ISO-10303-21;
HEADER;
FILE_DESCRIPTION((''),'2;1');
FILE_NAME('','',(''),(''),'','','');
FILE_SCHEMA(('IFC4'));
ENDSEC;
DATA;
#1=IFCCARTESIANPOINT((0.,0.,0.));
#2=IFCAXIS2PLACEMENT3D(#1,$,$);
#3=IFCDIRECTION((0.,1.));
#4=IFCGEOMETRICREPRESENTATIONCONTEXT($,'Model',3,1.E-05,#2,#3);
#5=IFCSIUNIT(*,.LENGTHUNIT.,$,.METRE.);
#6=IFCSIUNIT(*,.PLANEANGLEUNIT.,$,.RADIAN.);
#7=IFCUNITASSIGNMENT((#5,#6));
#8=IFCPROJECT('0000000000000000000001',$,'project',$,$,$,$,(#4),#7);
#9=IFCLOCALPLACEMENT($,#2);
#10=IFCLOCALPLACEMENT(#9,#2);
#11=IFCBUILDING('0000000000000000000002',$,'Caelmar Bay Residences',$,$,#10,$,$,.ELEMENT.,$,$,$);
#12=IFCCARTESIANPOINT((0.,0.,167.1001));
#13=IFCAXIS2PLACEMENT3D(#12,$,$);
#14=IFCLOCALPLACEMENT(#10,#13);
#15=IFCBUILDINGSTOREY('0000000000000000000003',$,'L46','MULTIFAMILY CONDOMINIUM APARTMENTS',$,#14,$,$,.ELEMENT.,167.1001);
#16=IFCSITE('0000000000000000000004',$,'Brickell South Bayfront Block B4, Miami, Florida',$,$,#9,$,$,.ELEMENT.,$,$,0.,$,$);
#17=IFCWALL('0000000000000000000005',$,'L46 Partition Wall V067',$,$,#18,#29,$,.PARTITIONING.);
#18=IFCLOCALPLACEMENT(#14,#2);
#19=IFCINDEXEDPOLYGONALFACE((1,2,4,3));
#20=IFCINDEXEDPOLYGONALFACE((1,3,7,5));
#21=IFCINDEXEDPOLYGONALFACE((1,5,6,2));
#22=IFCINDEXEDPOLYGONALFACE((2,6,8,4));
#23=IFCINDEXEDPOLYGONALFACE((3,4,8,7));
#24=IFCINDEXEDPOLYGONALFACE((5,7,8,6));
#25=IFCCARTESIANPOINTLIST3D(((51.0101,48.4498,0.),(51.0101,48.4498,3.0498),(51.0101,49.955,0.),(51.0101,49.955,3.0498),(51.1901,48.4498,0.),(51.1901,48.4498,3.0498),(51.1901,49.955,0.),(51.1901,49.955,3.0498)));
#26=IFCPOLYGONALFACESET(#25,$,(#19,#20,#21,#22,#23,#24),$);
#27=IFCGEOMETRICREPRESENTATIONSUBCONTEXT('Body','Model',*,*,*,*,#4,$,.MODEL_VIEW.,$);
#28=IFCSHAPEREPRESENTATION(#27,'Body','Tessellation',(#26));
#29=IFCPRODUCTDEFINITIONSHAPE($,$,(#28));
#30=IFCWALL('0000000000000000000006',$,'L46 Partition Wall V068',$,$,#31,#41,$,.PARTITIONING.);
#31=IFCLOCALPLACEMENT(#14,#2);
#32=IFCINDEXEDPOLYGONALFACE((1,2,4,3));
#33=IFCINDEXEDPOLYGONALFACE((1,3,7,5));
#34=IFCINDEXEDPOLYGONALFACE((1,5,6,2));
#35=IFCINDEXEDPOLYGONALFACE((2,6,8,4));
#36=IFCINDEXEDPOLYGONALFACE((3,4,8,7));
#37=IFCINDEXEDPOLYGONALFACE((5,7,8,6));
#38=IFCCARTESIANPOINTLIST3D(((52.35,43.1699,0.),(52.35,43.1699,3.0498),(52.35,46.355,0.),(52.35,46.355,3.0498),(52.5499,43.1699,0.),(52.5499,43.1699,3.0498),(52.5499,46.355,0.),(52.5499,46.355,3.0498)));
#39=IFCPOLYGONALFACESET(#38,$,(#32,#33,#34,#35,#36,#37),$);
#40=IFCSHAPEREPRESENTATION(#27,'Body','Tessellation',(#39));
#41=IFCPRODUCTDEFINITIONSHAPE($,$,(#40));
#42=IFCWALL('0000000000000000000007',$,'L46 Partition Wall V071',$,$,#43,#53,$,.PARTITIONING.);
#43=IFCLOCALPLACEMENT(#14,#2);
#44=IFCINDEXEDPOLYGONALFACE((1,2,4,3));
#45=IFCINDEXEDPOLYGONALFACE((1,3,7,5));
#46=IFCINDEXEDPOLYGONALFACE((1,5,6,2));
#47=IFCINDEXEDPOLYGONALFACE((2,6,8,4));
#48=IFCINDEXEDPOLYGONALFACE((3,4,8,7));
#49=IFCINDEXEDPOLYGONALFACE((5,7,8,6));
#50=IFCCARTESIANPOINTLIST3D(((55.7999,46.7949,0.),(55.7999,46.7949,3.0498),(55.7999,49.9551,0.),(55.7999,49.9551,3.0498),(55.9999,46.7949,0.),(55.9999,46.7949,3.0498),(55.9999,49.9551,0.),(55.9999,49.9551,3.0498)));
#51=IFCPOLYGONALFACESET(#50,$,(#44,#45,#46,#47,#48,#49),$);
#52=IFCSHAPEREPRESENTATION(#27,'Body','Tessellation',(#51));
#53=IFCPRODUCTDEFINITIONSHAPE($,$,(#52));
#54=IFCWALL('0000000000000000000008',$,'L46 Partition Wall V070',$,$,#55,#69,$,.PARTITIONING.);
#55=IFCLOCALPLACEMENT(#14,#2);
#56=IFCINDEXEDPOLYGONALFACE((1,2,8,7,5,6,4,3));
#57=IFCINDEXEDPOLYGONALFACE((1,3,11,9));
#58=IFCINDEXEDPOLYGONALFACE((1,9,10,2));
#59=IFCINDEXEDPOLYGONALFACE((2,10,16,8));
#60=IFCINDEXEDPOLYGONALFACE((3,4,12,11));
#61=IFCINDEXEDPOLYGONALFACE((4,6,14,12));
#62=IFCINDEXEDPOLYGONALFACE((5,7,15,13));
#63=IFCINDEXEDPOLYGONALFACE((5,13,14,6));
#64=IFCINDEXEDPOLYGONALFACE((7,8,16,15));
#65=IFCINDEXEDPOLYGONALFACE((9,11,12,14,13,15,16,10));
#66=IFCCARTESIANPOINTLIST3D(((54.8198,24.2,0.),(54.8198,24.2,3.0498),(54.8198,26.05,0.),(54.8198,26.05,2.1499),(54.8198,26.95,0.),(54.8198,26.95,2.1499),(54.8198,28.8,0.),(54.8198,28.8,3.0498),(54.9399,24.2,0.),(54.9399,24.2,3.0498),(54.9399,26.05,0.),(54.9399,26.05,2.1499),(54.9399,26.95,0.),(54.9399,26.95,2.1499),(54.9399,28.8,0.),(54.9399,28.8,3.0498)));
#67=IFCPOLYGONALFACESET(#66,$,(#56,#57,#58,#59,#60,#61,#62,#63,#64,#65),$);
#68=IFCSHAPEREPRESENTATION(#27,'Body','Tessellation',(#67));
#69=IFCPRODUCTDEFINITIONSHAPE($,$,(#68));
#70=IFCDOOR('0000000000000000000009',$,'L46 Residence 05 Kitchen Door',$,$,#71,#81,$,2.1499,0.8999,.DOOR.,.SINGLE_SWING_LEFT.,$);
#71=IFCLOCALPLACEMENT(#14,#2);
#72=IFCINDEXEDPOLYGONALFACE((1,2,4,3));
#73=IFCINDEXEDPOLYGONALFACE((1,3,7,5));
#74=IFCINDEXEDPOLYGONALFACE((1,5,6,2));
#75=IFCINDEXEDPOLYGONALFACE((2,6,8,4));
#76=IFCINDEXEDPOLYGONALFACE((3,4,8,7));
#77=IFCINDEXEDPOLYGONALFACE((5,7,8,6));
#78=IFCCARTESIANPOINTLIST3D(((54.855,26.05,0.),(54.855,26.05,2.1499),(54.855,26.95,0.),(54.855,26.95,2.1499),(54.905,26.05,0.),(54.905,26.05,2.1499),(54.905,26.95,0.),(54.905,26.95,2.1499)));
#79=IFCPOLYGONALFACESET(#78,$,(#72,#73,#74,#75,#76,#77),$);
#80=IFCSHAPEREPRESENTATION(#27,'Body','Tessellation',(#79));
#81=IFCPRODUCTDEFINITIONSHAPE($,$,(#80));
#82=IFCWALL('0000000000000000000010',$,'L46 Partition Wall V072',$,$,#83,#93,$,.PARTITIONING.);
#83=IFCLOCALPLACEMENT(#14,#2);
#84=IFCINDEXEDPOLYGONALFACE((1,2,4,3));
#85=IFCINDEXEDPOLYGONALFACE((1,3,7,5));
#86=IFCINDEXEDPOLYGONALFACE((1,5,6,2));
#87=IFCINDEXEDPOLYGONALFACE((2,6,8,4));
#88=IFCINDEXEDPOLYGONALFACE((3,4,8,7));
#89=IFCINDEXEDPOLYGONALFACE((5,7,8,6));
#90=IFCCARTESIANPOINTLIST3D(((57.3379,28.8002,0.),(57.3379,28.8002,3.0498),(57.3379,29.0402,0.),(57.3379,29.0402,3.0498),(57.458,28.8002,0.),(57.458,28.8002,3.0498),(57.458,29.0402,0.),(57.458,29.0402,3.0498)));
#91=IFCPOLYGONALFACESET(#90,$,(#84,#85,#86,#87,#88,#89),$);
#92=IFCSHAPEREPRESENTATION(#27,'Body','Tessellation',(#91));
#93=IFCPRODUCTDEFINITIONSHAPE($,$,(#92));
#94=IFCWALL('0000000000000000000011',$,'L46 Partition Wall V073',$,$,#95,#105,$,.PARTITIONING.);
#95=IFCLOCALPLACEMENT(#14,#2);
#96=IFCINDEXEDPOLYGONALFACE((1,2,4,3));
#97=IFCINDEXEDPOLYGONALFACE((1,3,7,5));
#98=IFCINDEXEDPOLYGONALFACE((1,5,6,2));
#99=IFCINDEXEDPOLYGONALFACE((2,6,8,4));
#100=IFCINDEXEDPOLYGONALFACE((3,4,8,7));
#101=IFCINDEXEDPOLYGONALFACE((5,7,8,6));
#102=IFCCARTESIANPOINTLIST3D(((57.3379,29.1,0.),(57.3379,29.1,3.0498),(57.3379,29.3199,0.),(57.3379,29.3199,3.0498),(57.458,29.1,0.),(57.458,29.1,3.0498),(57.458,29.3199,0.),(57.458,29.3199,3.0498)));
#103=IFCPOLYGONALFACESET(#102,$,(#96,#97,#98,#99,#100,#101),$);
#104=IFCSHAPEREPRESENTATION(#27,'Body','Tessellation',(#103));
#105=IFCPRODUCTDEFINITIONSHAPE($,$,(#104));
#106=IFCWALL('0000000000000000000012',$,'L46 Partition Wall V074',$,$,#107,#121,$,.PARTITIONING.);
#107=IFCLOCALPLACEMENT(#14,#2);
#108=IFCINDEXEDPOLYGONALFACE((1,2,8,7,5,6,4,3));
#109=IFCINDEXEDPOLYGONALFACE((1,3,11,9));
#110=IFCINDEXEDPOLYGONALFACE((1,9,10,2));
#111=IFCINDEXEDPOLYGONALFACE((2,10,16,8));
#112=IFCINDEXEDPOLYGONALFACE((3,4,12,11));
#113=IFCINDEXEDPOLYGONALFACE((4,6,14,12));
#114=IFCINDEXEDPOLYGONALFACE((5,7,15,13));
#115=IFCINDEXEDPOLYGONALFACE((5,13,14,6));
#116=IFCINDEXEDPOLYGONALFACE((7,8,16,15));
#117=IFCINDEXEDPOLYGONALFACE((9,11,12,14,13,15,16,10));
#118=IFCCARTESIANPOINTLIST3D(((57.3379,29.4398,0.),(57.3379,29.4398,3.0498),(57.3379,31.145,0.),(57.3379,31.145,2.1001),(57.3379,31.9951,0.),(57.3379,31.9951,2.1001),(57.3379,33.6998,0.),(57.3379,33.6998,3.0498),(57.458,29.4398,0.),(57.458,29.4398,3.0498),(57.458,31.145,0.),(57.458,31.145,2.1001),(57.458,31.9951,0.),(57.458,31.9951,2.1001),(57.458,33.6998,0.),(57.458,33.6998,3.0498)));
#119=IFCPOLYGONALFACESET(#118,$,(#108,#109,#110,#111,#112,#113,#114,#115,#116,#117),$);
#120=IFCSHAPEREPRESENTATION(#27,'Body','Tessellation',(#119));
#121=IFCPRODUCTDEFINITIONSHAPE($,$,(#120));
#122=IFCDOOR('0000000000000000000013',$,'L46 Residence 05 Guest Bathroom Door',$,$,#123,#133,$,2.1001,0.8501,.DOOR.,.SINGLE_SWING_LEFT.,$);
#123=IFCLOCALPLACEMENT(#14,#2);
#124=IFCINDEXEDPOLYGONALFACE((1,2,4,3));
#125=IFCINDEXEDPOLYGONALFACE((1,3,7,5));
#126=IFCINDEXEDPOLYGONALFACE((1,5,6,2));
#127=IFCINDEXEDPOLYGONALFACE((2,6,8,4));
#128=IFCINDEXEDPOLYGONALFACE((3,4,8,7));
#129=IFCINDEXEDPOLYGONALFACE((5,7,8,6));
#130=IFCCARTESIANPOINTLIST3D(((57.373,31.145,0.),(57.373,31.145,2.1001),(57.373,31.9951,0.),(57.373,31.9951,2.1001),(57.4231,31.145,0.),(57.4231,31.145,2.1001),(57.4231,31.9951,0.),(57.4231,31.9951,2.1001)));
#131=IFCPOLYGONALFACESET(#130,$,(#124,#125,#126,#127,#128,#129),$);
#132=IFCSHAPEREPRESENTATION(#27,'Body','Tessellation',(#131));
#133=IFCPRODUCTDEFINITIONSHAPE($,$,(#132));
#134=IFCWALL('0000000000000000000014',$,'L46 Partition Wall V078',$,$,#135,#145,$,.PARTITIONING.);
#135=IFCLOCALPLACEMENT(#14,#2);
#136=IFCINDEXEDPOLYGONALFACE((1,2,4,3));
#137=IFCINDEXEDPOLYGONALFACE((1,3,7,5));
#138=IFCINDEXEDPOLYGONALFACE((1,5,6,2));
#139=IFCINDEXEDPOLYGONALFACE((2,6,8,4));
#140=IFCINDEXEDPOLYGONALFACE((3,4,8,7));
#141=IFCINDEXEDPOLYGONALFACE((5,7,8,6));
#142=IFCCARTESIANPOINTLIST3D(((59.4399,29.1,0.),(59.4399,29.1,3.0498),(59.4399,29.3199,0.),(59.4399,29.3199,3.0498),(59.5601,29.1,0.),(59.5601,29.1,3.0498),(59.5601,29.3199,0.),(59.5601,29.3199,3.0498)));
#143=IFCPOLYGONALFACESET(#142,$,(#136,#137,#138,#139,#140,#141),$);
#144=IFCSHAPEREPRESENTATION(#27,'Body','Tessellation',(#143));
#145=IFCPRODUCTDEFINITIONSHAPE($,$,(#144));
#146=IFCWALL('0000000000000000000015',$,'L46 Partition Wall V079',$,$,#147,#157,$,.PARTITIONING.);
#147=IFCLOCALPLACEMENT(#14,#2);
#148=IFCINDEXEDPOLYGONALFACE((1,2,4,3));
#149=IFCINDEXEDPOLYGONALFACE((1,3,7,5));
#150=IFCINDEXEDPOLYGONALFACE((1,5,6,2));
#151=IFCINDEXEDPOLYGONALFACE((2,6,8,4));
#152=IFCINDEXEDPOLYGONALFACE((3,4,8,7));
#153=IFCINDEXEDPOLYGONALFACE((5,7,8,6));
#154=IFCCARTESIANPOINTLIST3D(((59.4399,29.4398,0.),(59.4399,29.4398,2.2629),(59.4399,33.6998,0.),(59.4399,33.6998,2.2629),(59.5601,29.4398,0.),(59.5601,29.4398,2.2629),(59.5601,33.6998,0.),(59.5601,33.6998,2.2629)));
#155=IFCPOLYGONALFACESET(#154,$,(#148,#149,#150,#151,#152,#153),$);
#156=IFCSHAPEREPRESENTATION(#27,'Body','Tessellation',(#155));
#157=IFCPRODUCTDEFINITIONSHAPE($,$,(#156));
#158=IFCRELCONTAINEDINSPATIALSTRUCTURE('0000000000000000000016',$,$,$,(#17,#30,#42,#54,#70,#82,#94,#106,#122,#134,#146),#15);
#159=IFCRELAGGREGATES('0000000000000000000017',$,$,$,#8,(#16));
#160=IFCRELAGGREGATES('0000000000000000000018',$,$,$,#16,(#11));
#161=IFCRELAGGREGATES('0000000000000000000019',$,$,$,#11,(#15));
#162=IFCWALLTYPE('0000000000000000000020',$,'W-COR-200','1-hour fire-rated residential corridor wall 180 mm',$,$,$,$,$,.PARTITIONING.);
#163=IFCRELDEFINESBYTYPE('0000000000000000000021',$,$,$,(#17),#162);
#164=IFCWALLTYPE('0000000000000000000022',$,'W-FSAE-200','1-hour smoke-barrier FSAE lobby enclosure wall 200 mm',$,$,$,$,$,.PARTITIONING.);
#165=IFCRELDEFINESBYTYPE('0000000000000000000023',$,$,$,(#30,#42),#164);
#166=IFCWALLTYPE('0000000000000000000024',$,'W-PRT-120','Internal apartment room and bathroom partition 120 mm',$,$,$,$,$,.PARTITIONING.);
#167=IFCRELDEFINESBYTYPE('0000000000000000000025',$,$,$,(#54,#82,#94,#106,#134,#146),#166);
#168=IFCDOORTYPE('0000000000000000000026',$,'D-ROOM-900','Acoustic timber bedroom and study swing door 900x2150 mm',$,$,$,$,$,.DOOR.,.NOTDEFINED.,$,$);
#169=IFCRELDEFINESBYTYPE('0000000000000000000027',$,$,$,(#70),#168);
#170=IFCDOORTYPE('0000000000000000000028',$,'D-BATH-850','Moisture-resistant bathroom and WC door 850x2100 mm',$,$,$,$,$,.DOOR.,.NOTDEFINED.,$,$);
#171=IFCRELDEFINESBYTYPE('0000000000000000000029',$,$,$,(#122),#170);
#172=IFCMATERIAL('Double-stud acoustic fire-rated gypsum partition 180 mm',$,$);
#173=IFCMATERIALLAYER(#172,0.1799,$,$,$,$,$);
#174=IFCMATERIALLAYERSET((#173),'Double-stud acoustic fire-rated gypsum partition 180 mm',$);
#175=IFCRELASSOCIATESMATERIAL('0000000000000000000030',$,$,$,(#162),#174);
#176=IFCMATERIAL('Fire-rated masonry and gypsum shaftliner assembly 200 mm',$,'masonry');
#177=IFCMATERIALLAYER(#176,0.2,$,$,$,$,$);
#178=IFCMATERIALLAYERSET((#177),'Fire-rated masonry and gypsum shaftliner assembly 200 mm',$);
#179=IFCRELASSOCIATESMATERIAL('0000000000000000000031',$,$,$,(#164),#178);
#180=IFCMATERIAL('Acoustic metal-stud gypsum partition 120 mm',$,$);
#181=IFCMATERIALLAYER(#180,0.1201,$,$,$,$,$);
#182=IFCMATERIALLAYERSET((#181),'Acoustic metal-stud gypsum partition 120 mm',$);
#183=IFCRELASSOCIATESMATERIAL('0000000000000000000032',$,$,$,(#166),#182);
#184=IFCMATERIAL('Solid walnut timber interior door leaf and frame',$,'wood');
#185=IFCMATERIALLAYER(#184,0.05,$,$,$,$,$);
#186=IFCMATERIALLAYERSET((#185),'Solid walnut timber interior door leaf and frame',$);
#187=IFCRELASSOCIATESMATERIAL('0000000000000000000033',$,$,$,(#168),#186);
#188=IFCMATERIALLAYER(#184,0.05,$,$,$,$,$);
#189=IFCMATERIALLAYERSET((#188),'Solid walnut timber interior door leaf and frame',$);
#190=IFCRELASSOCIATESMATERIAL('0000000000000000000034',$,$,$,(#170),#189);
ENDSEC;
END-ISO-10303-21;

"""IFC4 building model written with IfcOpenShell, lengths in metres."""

from ifc_helpers import new_model, si_unit, direction, frame, frame_2d, origin, place, context, subcontext, project, spatial, rectangle, extrude, material, layer, layer_set, type_object, element, fill, save


model = new_model("IFC4")

# Units and contexts
model_context = context("Model", 3, precision=1e-05, world=origin(), true_north=direction((0.0, 1.0)))
body_context = subcontext(model_context, "Body", "Model", "MODEL_VIEW")
ifc_project = project(units=[si_unit("LENGTHUNIT", "METRE"), si_unit("PLANEANGLEUNIT", "RADIAN")], contexts=[model_context])

# Site, building, storey
site_placement = place(None, origin())
site = spatial("IfcSite", under=ifc_project, at=site_placement, Name="Brickell South Bayfront Block B4, Miami, Florida", CompositionType="ELEMENT", RefElevation=0.0)
building_placement = place(site_placement, origin())
building = spatial("IfcBuilding", under=site, at=building_placement, Name="Caelmar Bay Residences", CompositionType="ELEMENT")
storey_placement = place(building_placement, frame((0.0, 0.0, 167.1001)))
storey = spatial("IfcBuildingStorey", under=building, at=storey_placement, Name="L46", Description="MULTIFAMILY CONDOMINIUM APARTMENTS", CompositionType="ELEMENT", Elevation=167.1001)

# Walls
ifc_material_1 = material(Name="Double-stud acoustic fire-rated gypsum partition 180 mm")
ifc_layer_1 = layer(ifc_material_1, 0.1799)
ifc_layer_set_1 = layer_set([ifc_layer_1], Name="Double-stud acoustic fire-rated gypsum partition 180 mm")
wall_type_1 = type_object("IfcWallType", Name="W-COR-200", Description="1-hour fire-rated residential corridor wall 180 mm", PredefinedType="PARTITIONING", material=ifc_layer_set_1)
wall_1_placement = place(storey_placement, frame((51.1001, 48.45, 0.0), z_axis=(0.0, 0.0, 1.0), x_axis=(0.0, 1.0, 0.0)))
element("IfcWall", 1, at=wall_1_placement, inside=storey, type_object=wall_type_1, Name="L46 Partition Wall V067", PredefinedType="PARTITIONING", context=body_context, shape_type="SweptSolid", body=[
    extrude(rectangle(XDim=1.5051, YDim=0.1799, at=frame_2d((0.7524, 0.0))), origin(), (0.0, 0.0, 1.0), 3.0498),
])
ifc_material_2 = material(Name="Fire-rated masonry and gypsum shaftliner assembly 200 mm", Category="masonry")
ifc_layer_2 = layer(ifc_material_2, 0.2)
ifc_layer_set_2 = layer_set([ifc_layer_2], Name="Fire-rated masonry and gypsum shaftliner assembly 200 mm")
wall_type_2 = type_object("IfcWallType", Name="W-FSAE-200", Description="1-hour smoke-barrier FSAE lobby enclosure wall 200 mm", PredefinedType="PARTITIONING", material=ifc_layer_set_2)
wall_2_placement = place(storey_placement, frame((52.45, 43.1699, 0.0), z_axis=(0.0, 0.0, 1.0), x_axis=(0.0, 1.0, 0.0)))
element("IfcWall", 2, at=wall_2_placement, inside=storey, type_object=wall_type_2, Name="L46 Partition Wall V068", PredefinedType="PARTITIONING", context=body_context, shape_type="SweptSolid", body=[
    extrude(rectangle(XDim=3.1851, YDim=0.2, at=frame_2d((1.5925, 0.0))), origin(), (0.0, 0.0, 1.0), 3.0498),
])
wall_3_placement = place(storey_placement, frame((55.8999, 46.7949, 0.0), z_axis=(0.0, 0.0, 1.0), x_axis=(0.0, 1.0, 0.0)))
element("IfcWall", 3, at=wall_3_placement, inside=storey, type_object=wall_type_2, Name="L46 Partition Wall V071", PredefinedType="PARTITIONING", context=body_context, shape_type="SweptSolid", body=[
    extrude(rectangle(XDim=3.1602, YDim=0.2, at=frame_2d((1.5801, 0.0))), origin(), (0.0, 0.0, 1.0), 3.0498),
])

# Wall, opening, door
ifc_material_3 = material(Name="Acoustic metal-stud gypsum partition 120 mm")
ifc_layer_3 = layer(ifc_material_3, 0.1201)
ifc_layer_set_3 = layer_set([ifc_layer_3], Name="Acoustic metal-stud gypsum partition 120 mm")
wall_type_3 = type_object("IfcWallType", Name="W-PRT-120", Description="Internal apartment room and bathroom partition 120 mm", PredefinedType="PARTITIONING", material=ifc_layer_set_3)
wall_4_placement = place(storey_placement, frame((54.8799, 24.2, 0.0), z_axis=(0.0, 0.0, 1.0), x_axis=(0.0, 1.0, 0.0)))
wall_4 = element("IfcWall", 4, at=wall_4_placement, inside=storey, type_object=wall_type_3, Name="L46 Partition Wall V070", PredefinedType="PARTITIONING", context=body_context, shape_type="SweptSolid", body=[
    extrude(rectangle(XDim=4.6001, YDim=0.1201, at=frame_2d((2.3, 0.0))), origin(), (0.0, 0.0, 1.0), 3.0498),
])
opening_1_placement = place(wall_4_placement, frame((1.8501, 0.0, 0.0)))
opening_1 = element("IfcOpeningElement", 5, at=opening_1_placement, cuts=wall_4, PredefinedType="OPENING", context=body_context, shape_type="SweptSolid", body=[
    extrude(rectangle(XDim=0.8999, YDim=2.1499, at=frame_2d((0.45, 1.075))), frame((0.0, 0.0701, 0.0), z_axis=(0.0, -1.0, 0.0), x_axis=(1.0, 0.0, 0.0)), (0.0, 0.0, 1.0), 0.1401),
])
ifc_material_4 = material(Name="Solid walnut timber interior door leaf and frame", Category="wood")
ifc_layer_4 = layer(ifc_material_4, 0.05)
ifc_layer_set_4 = layer_set([ifc_layer_4], Name="Solid walnut timber interior door leaf and frame")
door_type_1 = type_object("IfcDoorType", Name="D-ROOM-900", Description="Acoustic timber bedroom and study swing door 900x2150 mm", OperationType="NOTDEFINED", PredefinedType="DOOR", material=ifc_layer_set_4)
door_1_placement = place(opening_1_placement, origin())
door_1 = element("IfcDoor", 6, at=door_1_placement, inside=storey, type_object=door_type_1, Name="L46 Residence 05 Kitchen Door", OperationType="SINGLE_SWING_LEFT", OverallHeight=2.1499, OverallWidth=0.8999, PredefinedType="DOOR", context=body_context, shape_type="SweptSolid", body=[
    extrude(rectangle(XDim=0.8999, YDim=2.1499, at=frame_2d((0.45, 1.075))), frame((0.0, 0.0249, 0.0), z_axis=(0.0, -1.0, 0.0), x_axis=(1.0, 0.0, 0.0)), (0.0, 0.0, 1.0), 0.05),
])
fill(opening_1, door_1)

# Walls
wall_5_placement = place(storey_placement, frame((57.3979, 28.8, 0.0), z_axis=(0.0, 0.0, 1.0), x_axis=(0.0, 1.0, 0.0)))
element("IfcWall", 7, at=wall_5_placement, inside=storey, type_object=wall_type_3, Name="L46 Partition Wall V072", PredefinedType="PARTITIONING", context=body_context, shape_type="SweptSolid", body=[
    extrude(rectangle(XDim=0.24, YDim=0.1201, at=frame_2d((0.1201, 0.0))), origin(), (0.0, 0.0, 1.0), 3.0498),
])
wall_6_placement = place(storey_placement, frame((57.3979, 29.1001, 0.0), z_axis=(0.0, 0.0, 1.0), x_axis=(0.0, 1.0, 0.0)))
element("IfcWall", 8, at=wall_6_placement, inside=storey, type_object=wall_type_3, Name="L46 Partition Wall V073", PredefinedType="PARTITIONING", context=body_context, shape_type="SweptSolid", body=[
    extrude(rectangle(XDim=0.22, YDim=0.1201, at=frame_2d((0.1099, 0.0))), origin(), (0.0, 0.0, 1.0), 3.0498),
])

# Wall, opening, door
wall_7_placement = place(storey_placement, frame((57.3979, 29.4399, 0.0), z_axis=(0.0, 0.0, 1.0), x_axis=(0.0, 1.0, 0.0)))
wall_7 = element("IfcWall", 9, at=wall_7_placement, inside=storey, type_object=wall_type_3, Name="L46 Partition Wall V074", PredefinedType="PARTITIONING", context=body_context, shape_type="SweptSolid", body=[
    extrude(rectangle(XDim=4.26, YDim=0.1201, at=frame_2d((2.1299, 0.0))), origin(), (0.0, 0.0, 1.0), 3.0498),
])
opening_2_placement = place(wall_7_placement, frame((1.7051, 0.0, 0.0)))
opening_2 = element("IfcOpeningElement", 10, at=opening_2_placement, cuts=wall_7, PredefinedType="OPENING", context=body_context, shape_type="SweptSolid", body=[
    extrude(rectangle(XDim=0.8501, YDim=2.1001, at=frame_2d((0.425, 1.05))), frame((0.0, 0.0701, 0.0), z_axis=(0.0, -1.0, 0.0), x_axis=(1.0, 0.0, 0.0)), (0.0, 0.0, 1.0), 0.1401),
])
ifc_layer_5 = layer(ifc_material_4, 0.05)
ifc_layer_set_5 = layer_set([ifc_layer_5], Name="Solid walnut timber interior door leaf and frame")
door_type_2 = type_object("IfcDoorType", Name="D-BATH-850", Description="Moisture-resistant bathroom and WC door 850x2100 mm", OperationType="NOTDEFINED", PredefinedType="DOOR", material=ifc_layer_set_5)
door_2_placement = place(opening_2_placement, origin())
door_2 = element("IfcDoor", 11, at=door_2_placement, inside=storey, type_object=door_type_2, Name="L46 Residence 05 Guest Bathroom Door", OperationType="SINGLE_SWING_LEFT", OverallHeight=2.1001, OverallWidth=0.8501, PredefinedType="DOOR", context=body_context, shape_type="SweptSolid", body=[
    extrude(rectangle(XDim=0.8501, YDim=2.1001, at=frame_2d((0.425, 1.05))), frame((0.0, 0.0249, 0.0), z_axis=(0.0, -1.0, 0.0), x_axis=(1.0, 0.0, 0.0)), (0.0, 0.0, 1.0), 0.05),
])
fill(opening_2, door_2)

# Walls
wall_8_placement = place(storey_placement, frame((59.5, 29.1001, 0.0), z_axis=(0.0, 0.0, 1.0), x_axis=(0.0, 1.0, 0.0)))
element("IfcWall", 12, at=wall_8_placement, inside=storey, type_object=wall_type_3, Name="L46 Partition Wall V078", PredefinedType="PARTITIONING", context=body_context, shape_type="SweptSolid", body=[
    extrude(rectangle(XDim=0.22, YDim=0.1201, at=frame_2d((0.1099, 0.0))), origin(), (0.0, 0.0, 1.0), 3.0498),
])
wall_9_placement = place(storey_placement, frame((59.5, 29.4399, 0.0), z_axis=(0.0, 0.0, 1.0), x_axis=(0.0, 1.0, 0.0)))
element("IfcWall", 13, at=wall_9_placement, inside=storey, type_object=wall_type_3, Name="L46 Partition Wall V079", PredefinedType="PARTITIONING", context=body_context, shape_type="SweptSolid", body=[
    extrude(rectangle(XDim=4.26, YDim=0.1201, at=frame_2d((2.1299, 0.0))), origin(), (0.0, 0.0, 1.0), 2.2629),
])

save(model, "model.ifc")
